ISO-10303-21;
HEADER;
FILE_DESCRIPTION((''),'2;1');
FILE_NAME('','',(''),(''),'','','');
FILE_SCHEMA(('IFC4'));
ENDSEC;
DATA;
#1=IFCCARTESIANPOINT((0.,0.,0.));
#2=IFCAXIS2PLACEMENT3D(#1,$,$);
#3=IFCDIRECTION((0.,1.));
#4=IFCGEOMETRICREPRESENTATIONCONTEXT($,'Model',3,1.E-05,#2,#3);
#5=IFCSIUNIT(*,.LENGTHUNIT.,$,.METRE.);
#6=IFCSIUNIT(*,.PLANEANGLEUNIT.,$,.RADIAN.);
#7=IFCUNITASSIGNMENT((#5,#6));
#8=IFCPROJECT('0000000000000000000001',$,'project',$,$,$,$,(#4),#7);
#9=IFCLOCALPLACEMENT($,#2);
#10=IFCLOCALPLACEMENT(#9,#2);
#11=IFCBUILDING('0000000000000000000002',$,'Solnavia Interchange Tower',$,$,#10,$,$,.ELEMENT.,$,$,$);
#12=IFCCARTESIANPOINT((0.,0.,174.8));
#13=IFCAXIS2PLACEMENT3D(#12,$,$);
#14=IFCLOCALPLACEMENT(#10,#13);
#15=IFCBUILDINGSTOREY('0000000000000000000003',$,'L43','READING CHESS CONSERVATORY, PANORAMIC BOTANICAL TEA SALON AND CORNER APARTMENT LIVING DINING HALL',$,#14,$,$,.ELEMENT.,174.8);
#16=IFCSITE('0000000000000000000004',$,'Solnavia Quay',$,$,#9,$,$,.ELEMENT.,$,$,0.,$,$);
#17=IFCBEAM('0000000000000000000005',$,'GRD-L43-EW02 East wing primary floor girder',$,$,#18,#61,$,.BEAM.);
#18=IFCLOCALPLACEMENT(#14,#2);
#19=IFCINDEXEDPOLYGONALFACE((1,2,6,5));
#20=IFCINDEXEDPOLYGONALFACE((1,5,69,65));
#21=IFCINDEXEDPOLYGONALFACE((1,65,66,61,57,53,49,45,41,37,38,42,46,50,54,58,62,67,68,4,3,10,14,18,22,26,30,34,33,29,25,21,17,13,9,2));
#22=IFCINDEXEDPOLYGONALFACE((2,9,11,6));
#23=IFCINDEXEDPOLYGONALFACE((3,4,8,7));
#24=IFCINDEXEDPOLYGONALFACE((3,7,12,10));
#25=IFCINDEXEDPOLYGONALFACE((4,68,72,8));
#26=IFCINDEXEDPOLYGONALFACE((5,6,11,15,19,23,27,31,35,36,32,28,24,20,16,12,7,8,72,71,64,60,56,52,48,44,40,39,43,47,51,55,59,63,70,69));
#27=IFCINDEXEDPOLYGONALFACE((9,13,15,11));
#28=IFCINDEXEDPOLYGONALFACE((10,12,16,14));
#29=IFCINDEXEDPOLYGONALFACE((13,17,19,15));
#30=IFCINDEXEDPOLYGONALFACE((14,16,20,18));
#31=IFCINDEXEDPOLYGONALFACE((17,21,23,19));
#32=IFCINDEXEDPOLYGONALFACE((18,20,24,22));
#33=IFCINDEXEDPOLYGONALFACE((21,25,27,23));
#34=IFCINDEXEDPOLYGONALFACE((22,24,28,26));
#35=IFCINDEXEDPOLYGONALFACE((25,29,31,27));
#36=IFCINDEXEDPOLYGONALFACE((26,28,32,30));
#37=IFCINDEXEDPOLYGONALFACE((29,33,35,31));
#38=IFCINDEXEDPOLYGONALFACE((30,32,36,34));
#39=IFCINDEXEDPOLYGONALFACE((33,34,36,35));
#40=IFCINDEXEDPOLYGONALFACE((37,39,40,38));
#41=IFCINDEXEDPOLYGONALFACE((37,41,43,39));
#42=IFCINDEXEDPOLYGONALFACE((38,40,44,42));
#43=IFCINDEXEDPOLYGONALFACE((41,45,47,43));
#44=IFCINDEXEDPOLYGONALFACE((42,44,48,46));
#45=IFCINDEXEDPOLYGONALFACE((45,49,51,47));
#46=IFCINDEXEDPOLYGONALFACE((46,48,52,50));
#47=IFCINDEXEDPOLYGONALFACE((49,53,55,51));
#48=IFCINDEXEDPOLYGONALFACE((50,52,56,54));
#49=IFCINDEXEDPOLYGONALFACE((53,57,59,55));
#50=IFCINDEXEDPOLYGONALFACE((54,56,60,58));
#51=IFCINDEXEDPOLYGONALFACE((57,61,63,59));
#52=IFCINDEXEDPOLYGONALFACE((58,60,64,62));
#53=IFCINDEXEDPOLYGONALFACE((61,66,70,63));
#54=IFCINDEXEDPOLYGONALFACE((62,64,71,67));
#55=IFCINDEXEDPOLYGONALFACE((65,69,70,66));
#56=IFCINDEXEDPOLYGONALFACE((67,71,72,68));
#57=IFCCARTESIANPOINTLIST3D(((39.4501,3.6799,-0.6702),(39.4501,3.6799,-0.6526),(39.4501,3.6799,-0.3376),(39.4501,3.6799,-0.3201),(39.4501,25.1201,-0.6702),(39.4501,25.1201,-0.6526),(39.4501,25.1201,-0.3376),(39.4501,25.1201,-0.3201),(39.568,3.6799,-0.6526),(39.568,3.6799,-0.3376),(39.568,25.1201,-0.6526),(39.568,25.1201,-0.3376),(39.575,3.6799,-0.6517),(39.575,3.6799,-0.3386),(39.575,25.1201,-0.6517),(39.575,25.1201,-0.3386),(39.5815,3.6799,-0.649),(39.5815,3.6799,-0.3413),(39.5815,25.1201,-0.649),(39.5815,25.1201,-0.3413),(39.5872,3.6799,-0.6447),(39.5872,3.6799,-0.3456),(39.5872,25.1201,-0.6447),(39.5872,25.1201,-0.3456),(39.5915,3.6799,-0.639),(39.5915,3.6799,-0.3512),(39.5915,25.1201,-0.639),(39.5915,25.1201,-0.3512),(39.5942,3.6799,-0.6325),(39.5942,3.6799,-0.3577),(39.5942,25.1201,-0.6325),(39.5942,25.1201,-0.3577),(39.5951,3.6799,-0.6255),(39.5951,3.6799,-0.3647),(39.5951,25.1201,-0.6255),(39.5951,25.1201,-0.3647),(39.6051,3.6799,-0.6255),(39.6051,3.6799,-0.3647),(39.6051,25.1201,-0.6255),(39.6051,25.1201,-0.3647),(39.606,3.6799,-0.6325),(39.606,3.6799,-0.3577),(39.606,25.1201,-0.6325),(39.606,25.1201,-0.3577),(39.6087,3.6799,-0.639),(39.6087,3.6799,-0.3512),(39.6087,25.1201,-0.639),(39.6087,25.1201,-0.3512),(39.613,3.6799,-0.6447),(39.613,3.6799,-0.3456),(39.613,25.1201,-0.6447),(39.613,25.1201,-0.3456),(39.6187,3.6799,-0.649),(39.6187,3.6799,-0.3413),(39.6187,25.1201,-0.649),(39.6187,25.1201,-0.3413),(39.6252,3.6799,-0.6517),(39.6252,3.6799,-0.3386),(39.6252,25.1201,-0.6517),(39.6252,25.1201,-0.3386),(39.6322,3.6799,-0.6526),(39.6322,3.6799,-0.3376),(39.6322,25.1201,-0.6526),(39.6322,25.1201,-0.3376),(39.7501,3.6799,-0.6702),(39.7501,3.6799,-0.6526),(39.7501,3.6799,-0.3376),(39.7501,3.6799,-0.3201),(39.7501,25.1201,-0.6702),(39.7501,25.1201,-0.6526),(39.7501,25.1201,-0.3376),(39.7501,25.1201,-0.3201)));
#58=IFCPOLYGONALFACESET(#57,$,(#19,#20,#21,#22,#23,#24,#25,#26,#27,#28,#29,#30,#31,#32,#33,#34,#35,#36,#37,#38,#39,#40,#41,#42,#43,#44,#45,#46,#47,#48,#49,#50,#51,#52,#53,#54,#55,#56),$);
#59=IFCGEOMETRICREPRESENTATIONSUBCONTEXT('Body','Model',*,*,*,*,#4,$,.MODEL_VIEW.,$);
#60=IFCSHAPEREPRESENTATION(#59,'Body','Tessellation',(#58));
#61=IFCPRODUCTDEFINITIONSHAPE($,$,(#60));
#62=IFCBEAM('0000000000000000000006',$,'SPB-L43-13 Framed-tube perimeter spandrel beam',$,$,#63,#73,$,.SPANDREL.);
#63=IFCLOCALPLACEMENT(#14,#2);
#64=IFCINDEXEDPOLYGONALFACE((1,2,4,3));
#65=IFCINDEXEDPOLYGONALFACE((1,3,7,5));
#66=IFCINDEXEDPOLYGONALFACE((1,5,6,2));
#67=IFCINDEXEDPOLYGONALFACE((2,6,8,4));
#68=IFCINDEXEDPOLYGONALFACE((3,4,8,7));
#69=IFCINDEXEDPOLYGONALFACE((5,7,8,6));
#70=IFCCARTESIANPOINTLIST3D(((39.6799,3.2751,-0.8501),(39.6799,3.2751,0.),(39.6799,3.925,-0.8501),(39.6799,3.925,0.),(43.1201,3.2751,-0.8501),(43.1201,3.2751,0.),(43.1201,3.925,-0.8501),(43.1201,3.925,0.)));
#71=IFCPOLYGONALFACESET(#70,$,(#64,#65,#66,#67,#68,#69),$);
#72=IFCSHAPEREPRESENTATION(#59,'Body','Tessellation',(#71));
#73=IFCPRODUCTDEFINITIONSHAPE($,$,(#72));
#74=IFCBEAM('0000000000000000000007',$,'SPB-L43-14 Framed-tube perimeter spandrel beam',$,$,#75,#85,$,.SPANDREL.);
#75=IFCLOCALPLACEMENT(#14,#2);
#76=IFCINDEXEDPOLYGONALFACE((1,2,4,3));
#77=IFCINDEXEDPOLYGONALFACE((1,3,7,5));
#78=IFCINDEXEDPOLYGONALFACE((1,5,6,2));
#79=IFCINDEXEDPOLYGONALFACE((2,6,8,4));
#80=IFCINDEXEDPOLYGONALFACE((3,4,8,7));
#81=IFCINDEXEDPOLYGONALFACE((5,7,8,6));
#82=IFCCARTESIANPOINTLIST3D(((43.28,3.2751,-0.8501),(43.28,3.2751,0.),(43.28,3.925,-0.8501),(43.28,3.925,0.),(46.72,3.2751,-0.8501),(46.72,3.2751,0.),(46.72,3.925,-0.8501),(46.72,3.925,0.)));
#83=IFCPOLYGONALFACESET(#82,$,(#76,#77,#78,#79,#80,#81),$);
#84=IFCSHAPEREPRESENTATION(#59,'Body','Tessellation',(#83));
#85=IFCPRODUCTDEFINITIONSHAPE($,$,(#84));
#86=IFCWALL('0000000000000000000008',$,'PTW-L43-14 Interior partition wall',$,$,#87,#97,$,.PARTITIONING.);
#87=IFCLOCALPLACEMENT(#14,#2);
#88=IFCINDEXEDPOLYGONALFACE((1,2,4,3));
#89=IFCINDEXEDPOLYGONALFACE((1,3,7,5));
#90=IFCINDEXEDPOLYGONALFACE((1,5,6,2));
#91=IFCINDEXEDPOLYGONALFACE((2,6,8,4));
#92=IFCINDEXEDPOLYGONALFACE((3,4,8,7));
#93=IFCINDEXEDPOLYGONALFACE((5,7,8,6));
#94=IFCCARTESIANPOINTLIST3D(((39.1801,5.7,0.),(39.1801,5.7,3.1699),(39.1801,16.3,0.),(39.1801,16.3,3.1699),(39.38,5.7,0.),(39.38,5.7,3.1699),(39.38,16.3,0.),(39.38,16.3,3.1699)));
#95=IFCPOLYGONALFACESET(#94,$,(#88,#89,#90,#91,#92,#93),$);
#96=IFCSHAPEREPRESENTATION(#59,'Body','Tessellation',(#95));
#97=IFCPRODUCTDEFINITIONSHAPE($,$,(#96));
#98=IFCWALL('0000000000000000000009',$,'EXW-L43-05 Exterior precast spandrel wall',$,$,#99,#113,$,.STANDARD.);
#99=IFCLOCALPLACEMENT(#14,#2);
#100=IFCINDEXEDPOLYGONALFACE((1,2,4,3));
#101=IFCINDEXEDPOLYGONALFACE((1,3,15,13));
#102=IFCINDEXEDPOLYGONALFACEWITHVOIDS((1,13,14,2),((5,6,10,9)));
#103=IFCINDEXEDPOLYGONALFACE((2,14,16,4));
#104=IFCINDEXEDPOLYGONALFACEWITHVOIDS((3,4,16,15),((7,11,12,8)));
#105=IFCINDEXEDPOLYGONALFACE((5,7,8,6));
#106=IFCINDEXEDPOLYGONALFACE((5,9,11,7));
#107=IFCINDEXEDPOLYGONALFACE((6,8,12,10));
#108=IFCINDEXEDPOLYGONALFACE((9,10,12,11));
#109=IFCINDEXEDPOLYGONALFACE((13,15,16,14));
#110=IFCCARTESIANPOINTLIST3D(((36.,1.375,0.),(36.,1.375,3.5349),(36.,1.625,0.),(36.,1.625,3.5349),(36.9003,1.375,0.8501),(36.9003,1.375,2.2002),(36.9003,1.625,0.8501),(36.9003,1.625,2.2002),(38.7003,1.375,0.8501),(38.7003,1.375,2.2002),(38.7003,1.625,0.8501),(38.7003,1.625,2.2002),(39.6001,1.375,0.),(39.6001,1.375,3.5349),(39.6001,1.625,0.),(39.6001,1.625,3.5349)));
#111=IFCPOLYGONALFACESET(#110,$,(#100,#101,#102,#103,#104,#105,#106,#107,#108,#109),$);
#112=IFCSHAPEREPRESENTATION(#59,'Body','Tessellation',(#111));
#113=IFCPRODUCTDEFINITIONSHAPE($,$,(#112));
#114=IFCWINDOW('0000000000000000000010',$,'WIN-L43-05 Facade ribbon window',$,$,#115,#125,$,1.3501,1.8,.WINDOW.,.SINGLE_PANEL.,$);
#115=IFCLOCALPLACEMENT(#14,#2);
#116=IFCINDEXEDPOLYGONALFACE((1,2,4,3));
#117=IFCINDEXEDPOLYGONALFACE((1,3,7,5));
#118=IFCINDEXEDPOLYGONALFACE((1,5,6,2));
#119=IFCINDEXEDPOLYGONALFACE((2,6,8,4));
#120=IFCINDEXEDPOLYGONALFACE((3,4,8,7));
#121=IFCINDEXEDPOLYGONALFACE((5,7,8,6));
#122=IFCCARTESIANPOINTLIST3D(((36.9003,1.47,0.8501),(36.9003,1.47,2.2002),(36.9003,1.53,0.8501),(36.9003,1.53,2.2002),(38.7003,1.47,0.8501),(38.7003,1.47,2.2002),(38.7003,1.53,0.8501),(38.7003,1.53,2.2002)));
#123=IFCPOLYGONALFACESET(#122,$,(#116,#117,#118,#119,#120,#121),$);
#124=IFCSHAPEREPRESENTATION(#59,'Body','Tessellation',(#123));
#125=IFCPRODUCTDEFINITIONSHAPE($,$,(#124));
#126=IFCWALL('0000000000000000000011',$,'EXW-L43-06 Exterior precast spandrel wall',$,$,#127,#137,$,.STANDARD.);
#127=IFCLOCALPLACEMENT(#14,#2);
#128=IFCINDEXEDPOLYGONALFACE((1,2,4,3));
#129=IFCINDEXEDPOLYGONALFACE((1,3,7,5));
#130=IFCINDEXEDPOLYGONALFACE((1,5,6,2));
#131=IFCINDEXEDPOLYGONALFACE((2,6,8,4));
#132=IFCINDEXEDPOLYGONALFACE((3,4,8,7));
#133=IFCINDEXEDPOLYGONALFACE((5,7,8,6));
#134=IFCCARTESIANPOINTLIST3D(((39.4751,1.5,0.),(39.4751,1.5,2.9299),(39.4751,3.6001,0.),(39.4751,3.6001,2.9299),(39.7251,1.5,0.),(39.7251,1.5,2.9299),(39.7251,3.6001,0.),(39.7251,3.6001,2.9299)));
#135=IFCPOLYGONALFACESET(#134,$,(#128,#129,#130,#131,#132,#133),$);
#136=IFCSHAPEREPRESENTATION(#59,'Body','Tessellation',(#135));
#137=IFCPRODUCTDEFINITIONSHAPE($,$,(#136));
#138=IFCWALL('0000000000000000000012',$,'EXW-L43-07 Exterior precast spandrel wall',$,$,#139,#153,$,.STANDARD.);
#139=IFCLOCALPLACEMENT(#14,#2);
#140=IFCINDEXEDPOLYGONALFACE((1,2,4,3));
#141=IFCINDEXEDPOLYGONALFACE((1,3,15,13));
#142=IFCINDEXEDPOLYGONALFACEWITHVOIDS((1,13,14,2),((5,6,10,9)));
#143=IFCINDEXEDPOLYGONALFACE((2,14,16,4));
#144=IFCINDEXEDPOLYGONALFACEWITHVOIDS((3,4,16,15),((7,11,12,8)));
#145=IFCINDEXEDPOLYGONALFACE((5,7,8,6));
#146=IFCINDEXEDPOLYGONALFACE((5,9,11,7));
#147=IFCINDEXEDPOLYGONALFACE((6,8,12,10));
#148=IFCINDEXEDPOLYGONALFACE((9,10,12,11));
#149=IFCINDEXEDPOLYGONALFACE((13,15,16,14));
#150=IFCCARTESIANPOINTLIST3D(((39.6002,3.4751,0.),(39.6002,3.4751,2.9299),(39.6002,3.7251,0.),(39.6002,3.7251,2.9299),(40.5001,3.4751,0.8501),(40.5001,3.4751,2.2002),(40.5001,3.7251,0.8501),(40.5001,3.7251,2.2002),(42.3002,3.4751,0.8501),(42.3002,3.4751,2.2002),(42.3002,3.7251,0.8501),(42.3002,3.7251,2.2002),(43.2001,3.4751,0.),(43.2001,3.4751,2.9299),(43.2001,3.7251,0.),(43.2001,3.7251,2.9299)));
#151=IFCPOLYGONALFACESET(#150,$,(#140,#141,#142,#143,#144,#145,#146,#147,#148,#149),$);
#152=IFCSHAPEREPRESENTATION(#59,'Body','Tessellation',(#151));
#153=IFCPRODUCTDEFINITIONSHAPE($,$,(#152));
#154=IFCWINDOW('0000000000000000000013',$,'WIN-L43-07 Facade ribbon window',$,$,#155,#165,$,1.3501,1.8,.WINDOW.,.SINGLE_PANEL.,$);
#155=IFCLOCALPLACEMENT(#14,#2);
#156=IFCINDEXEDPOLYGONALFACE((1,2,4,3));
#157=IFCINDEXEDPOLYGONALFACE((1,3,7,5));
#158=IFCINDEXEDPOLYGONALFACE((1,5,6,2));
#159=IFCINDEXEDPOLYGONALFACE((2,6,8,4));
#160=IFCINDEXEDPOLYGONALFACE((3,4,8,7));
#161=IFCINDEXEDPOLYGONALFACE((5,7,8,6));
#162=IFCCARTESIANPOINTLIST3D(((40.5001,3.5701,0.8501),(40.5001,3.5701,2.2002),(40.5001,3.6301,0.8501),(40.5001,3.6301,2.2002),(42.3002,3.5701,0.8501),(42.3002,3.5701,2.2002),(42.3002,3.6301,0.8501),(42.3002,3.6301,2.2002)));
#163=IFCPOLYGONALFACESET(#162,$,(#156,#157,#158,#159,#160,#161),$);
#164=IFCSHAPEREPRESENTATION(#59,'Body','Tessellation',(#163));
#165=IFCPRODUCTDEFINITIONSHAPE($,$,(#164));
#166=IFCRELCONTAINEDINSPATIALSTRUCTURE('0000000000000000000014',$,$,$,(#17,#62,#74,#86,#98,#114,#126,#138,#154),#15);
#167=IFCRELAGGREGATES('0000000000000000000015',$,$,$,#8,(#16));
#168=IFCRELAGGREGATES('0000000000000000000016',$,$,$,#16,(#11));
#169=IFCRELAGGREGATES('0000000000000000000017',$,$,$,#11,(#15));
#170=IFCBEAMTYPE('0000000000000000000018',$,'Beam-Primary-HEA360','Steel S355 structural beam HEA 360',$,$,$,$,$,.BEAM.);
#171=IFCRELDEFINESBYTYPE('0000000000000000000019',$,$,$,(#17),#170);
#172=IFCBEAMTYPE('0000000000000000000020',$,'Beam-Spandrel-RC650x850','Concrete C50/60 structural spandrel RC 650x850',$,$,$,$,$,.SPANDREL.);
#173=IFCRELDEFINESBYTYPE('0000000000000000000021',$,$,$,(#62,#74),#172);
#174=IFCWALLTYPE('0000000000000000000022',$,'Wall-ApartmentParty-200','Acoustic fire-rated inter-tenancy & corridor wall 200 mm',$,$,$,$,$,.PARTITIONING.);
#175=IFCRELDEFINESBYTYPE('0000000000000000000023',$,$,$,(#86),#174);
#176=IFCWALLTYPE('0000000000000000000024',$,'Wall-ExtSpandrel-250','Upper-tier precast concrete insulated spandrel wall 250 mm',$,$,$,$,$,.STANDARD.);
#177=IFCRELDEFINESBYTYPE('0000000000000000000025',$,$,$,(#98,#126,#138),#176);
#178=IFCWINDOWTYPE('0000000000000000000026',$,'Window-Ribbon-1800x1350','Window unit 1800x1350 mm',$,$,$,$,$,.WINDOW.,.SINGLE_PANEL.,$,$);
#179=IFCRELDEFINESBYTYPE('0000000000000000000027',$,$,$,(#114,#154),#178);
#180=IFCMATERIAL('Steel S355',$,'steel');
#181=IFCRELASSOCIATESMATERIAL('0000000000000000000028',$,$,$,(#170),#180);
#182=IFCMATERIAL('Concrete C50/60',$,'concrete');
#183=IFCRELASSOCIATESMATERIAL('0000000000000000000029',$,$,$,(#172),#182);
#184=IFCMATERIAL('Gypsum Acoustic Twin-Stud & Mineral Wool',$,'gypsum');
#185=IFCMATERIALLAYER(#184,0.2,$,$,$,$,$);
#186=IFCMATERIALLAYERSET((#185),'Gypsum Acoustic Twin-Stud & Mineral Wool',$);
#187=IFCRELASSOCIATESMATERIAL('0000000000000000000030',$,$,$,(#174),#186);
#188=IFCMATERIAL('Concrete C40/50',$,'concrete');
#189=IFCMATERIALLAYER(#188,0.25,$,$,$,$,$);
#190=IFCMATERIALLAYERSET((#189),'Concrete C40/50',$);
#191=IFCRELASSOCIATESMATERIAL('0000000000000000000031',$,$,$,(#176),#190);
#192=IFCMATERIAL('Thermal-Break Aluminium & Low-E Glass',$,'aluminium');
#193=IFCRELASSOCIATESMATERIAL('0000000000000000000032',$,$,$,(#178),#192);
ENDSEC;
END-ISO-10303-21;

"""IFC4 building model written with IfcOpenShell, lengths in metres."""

from ifc_helpers import new_model, si_unit, direction, frame, frame_2d, origin, origin_2d, place, context, subcontext, project, spatial, rectangle, i_section, extrude, material, layer, layer_set, material_profile, profile_set, type_object, element, fill, save


model = new_model("IFC4")

# Units and contexts
model_context = context("Model", 3, precision=1e-05, world=origin(), true_north=direction((0.0, 1.0)))
body_context = subcontext(model_context, "Body", "Model", "MODEL_VIEW")
ifc_project = project(units=[si_unit("LENGTHUNIT", "METRE"), si_unit("PLANEANGLEUNIT", "RADIAN")], contexts=[model_context])

# Site, building, storey
site_placement = place(None, origin())
site = spatial("IfcSite", under=ifc_project, at=site_placement, Name="Solnavia Quay", CompositionType="ELEMENT", RefElevation=0.0)
building_placement = place(site_placement, origin())
building = spatial("IfcBuilding", under=site, at=building_placement, Name="Solnavia Interchange Tower", CompositionType="ELEMENT")
storey_placement = place(building_placement, frame((0.0, 0.0, 174.8)))
storey = spatial("IfcBuildingStorey", under=building, at=storey_placement, Name="L43", Description="READING CHESS CONSERVATORY, PANORAMIC BOTANICAL TEA SALON AND CORNER APARTMENT LIVING DINING HALL", CompositionType="ELEMENT", Elevation=174.8)

# Shared definitions
ifc_material_1 = material(Name="Concrete C50/60", Category="concrete")

# Beams
ifc_material_2 = material(Name="Steel S355", Category="steel")
ifc_material_profile_1 = material_profile(ifc_material_2, i_section(OverallWidth=0.3, OverallDepth=0.3501, WebThickness=0.01, FlangeThickness=0.0176, FilletRadius=0.0271, at=origin_2d()), Name="HEA 360")
ifc_profile_set_1 = profile_set([ifc_material_profile_1], Name="Steel S355")
beam_type_1 = type_object("IfcBeamType", Name="Beam-Primary-HEA360", Description="Steel S355 structural beam HEA 360", PredefinedType="BEAM", material=ifc_profile_set_1)
beam_1_placement = place(storey_placement, frame((39.6001, 3.6799, -0.4951), z_axis=(0.0, 1.0, 0.0), x_axis=(-1.0, 0.0, 0.0)))
element("IfcBeam", 1, at=beam_1_placement, inside=storey, type_object=beam_type_1, Name="GRD-L43-EW02 East wing primary floor girder", PredefinedType="BEAM", context=body_context, shape_type="SweptSolid", body=[
    extrude(i_section(OverallWidth=0.3, OverallDepth=0.3501, WebThickness=0.01, FlangeThickness=0.0176, FilletRadius=0.0271, at=origin_2d()), origin(), (0.0, 0.0, 1.0), 21.4402),
])
ifc_material_profile_2 = material_profile(ifc_material_1, rectangle(XDim=0.6499, YDim=0.8501, at=origin_2d()), Name="RC 650x850")
ifc_profile_set_2 = profile_set([ifc_material_profile_2], Name="Concrete C50/60")
beam_type_2 = type_object("IfcBeamType", Name="Beam-Spandrel-RC650x850", Description="Concrete C50/60 structural spandrel RC 650x850", PredefinedType="SPANDREL", material=ifc_profile_set_2)
beam_2_placement = place(storey_placement, frame((39.6799, 3.6001, -0.425), z_axis=(1.0, 0.0, 0.0), x_axis=(0.0, 1.0, 0.0)))
element("IfcBeam", 2, at=beam_2_placement, inside=storey, type_object=beam_type_2, Name="SPB-L43-13 Framed-tube perimeter spandrel beam", PredefinedType="SPANDREL", context=body_context, shape_type="SweptSolid", body=[
    extrude(rectangle(XDim=0.6499, YDim=0.8501, at=origin_2d()), origin(), (0.0, 0.0, 1.0), 3.4402),
])
beam_3_placement = place(storey_placement, frame((43.28, 3.6001, -0.425), z_axis=(1.0, 0.0, 0.0), x_axis=(0.0, 1.0, 0.0)))
element("IfcBeam", 3, at=beam_3_placement, inside=storey, type_object=beam_type_2, Name="SPB-L43-14 Framed-tube perimeter spandrel beam", PredefinedType="SPANDREL", context=body_context, shape_type="SweptSolid", body=[
    extrude(rectangle(XDim=0.6499, YDim=0.8501, at=origin_2d()), origin(), (0.0, 0.0, 1.0), 3.4399),
])

# Wall
ifc_material_3 = material(Name="Gypsum Acoustic Twin-Stud & Mineral Wool", Category="gypsum")
ifc_layer_1 = layer(ifc_material_3, 0.2)
ifc_layer_set_1 = layer_set([ifc_layer_1], Name="Gypsum Acoustic Twin-Stud & Mineral Wool")
wall_type_1 = type_object("IfcWallType", Name="Wall-ApartmentParty-200", Description="Acoustic fire-rated inter-tenancy & corridor wall 200 mm", PredefinedType="PARTITIONING", material=ifc_layer_set_1)
wall_1_placement = place(storey_placement, frame((39.28, 5.7, 0.0), z_axis=(0.0, 0.0, 1.0), x_axis=(0.0, 1.0, 0.0)))
element("IfcWall", 4, at=wall_1_placement, inside=storey, type_object=wall_type_1, Name="PTW-L43-14 Interior partition wall", PredefinedType="PARTITIONING", context=body_context, shape_type="SweptSolid", body=[
    extrude(rectangle(XDim=10.6001, YDim=0.2, at=frame_2d((5.3, 0.0))), origin(), (0.0, 0.0, 1.0), 3.1699),
])

# Wall, opening, window
ifc_material_4 = material(Name="Concrete C40/50", Category="concrete")
ifc_layer_2 = layer(ifc_material_4, 0.25)
ifc_layer_set_2 = layer_set([ifc_layer_2], Name="Concrete C40/50")
wall_type_2 = type_object("IfcWallType", Name="Wall-ExtSpandrel-250", Description="Upper-tier precast concrete insulated spandrel wall 250 mm", PredefinedType="STANDARD", material=ifc_layer_set_2)
wall_2_placement = place(storey_placement, frame((39.6001, 1.5, 0.0), z_axis=(0.0, 0.0, 1.0), x_axis=(-1.0, 0.0, 0.0)))
wall_2 = element("IfcWall", 5, at=wall_2_placement, inside=storey, type_object=wall_type_2, Name="EXW-L43-05 Exterior precast spandrel wall", PredefinedType="STANDARD", context=body_context, shape_type="SweptSolid", body=[
    extrude(rectangle(XDim=3.6001, YDim=0.25, at=frame_2d((1.8, 0.0))), origin(), (0.0, 0.0, 1.0), 3.5349),
])
opening_1_placement = place(wall_2_placement, frame((0.8999, 0.0, 0.8501)))
opening_1 = element("IfcOpeningElement", 6, at=opening_1_placement, cuts=wall_2, PredefinedType="OPENING", context=body_context, shape_type="SweptSolid", body=[
    extrude(rectangle(XDim=1.8, YDim=1.3501, at=frame_2d((0.8999, 0.675))), frame((0.0, 0.135, 0.0), z_axis=(0.0, -1.0, 0.0), x_axis=(1.0, 0.0, 0.0)), (0.0, 0.0, 1.0), 0.27),
])
ifc_material_5 = material(Name="Thermal-Break Aluminium & Low-E Glass", Category="aluminium")
window_type = type_object("IfcWindowType", Name="Window-Ribbon-1800x1350", Description="Window unit 1800x1350 mm", PartitioningType="SINGLE_PANEL", PredefinedType="WINDOW", material=ifc_material_5)
window_1_placement = place(opening_1_placement, origin())
window_1 = element("IfcWindow", 7, at=window_1_placement, inside=storey, type_object=window_type, Name="WIN-L43-05 Facade ribbon window", OverallHeight=1.3501, OverallWidth=1.8, PartitioningType="SINGLE_PANEL", PredefinedType="WINDOW", context=body_context, shape_type="SweptSolid", body=[
    extrude(rectangle(XDim=1.8, YDim=1.3501, at=frame_2d((0.8999, 0.675))), frame((0.0, 0.03, 0.0), z_axis=(0.0, -1.0, 0.0), x_axis=(1.0, 0.0, 0.0)), (0.0, 0.0, 1.0), 0.0601),
])
fill(opening_1, window_1)

# Wall
wall_3_placement = place(storey_placement, frame((39.6001, 3.6001, 0.0), z_axis=(0.0, 0.0, 1.0), x_axis=(0.0, -1.0, 0.0)))
element("IfcWall", 8, at=wall_3_placement, inside=storey, type_object=wall_type_2, Name="EXW-L43-06 Exterior precast spandrel wall", PredefinedType="STANDARD", context=body_context, shape_type="SweptSolid", body=[
    extrude(rectangle(XDim=2.1001, YDim=0.25, at=frame_2d((1.05, 0.0))), origin(), (0.0, 0.0, 1.0), 2.9299),
])

# Wall, opening, window
wall_4_placement = place(storey_placement, frame((43.2, 3.6001, 0.0), z_axis=(0.0, 0.0, 1.0), x_axis=(-1.0, 0.0, 0.0)))
wall_4 = element("IfcWall", 9, at=wall_4_placement, inside=storey, type_object=wall_type_2, Name="EXW-L43-07 Exterior precast spandrel wall", PredefinedType="STANDARD", context=body_context, shape_type="SweptSolid", body=[
    extrude(rectangle(XDim=3.5999, YDim=0.25, at=frame_2d((1.7998, 0.0))), origin(), (0.0, 0.0, 1.0), 2.9299),
])
opening_2_placement = place(wall_4_placement, frame((0.8999, 0.0, 0.8501)))
opening_2 = element("IfcOpeningElement", 10, at=opening_2_placement, cuts=wall_4, PredefinedType="OPENING", context=body_context, shape_type="SweptSolid", body=[
    extrude(rectangle(XDim=1.8, YDim=1.3501, at=frame_2d((0.8999, 0.675))), frame((0.0, 0.135, 0.0), z_axis=(0.0, -1.0, 0.0), x_axis=(1.0, 0.0, 0.0)), (0.0, 0.0, 1.0), 0.27),
])
window_2_placement = place(opening_2_placement, origin())
window_2 = element("IfcWindow", 11, at=window_2_placement, inside=storey, type_object=window_type, Name="WIN-L43-07 Facade ribbon window", OverallHeight=1.3501, OverallWidth=1.8, PartitioningType="SINGLE_PANEL", PredefinedType="WINDOW", context=body_context, shape_type="SweptSolid", body=[
    extrude(rectangle(XDim=1.8, YDim=1.3501, at=frame_2d((0.8999, 0.675))), frame((0.0, 0.03, 0.0), z_axis=(0.0, -1.0, 0.0), x_axis=(1.0, 0.0, 0.0)), (0.0, 0.0, 1.0), 0.0601),
])
fill(opening_2, window_2)

save(model, "model.ifc")
